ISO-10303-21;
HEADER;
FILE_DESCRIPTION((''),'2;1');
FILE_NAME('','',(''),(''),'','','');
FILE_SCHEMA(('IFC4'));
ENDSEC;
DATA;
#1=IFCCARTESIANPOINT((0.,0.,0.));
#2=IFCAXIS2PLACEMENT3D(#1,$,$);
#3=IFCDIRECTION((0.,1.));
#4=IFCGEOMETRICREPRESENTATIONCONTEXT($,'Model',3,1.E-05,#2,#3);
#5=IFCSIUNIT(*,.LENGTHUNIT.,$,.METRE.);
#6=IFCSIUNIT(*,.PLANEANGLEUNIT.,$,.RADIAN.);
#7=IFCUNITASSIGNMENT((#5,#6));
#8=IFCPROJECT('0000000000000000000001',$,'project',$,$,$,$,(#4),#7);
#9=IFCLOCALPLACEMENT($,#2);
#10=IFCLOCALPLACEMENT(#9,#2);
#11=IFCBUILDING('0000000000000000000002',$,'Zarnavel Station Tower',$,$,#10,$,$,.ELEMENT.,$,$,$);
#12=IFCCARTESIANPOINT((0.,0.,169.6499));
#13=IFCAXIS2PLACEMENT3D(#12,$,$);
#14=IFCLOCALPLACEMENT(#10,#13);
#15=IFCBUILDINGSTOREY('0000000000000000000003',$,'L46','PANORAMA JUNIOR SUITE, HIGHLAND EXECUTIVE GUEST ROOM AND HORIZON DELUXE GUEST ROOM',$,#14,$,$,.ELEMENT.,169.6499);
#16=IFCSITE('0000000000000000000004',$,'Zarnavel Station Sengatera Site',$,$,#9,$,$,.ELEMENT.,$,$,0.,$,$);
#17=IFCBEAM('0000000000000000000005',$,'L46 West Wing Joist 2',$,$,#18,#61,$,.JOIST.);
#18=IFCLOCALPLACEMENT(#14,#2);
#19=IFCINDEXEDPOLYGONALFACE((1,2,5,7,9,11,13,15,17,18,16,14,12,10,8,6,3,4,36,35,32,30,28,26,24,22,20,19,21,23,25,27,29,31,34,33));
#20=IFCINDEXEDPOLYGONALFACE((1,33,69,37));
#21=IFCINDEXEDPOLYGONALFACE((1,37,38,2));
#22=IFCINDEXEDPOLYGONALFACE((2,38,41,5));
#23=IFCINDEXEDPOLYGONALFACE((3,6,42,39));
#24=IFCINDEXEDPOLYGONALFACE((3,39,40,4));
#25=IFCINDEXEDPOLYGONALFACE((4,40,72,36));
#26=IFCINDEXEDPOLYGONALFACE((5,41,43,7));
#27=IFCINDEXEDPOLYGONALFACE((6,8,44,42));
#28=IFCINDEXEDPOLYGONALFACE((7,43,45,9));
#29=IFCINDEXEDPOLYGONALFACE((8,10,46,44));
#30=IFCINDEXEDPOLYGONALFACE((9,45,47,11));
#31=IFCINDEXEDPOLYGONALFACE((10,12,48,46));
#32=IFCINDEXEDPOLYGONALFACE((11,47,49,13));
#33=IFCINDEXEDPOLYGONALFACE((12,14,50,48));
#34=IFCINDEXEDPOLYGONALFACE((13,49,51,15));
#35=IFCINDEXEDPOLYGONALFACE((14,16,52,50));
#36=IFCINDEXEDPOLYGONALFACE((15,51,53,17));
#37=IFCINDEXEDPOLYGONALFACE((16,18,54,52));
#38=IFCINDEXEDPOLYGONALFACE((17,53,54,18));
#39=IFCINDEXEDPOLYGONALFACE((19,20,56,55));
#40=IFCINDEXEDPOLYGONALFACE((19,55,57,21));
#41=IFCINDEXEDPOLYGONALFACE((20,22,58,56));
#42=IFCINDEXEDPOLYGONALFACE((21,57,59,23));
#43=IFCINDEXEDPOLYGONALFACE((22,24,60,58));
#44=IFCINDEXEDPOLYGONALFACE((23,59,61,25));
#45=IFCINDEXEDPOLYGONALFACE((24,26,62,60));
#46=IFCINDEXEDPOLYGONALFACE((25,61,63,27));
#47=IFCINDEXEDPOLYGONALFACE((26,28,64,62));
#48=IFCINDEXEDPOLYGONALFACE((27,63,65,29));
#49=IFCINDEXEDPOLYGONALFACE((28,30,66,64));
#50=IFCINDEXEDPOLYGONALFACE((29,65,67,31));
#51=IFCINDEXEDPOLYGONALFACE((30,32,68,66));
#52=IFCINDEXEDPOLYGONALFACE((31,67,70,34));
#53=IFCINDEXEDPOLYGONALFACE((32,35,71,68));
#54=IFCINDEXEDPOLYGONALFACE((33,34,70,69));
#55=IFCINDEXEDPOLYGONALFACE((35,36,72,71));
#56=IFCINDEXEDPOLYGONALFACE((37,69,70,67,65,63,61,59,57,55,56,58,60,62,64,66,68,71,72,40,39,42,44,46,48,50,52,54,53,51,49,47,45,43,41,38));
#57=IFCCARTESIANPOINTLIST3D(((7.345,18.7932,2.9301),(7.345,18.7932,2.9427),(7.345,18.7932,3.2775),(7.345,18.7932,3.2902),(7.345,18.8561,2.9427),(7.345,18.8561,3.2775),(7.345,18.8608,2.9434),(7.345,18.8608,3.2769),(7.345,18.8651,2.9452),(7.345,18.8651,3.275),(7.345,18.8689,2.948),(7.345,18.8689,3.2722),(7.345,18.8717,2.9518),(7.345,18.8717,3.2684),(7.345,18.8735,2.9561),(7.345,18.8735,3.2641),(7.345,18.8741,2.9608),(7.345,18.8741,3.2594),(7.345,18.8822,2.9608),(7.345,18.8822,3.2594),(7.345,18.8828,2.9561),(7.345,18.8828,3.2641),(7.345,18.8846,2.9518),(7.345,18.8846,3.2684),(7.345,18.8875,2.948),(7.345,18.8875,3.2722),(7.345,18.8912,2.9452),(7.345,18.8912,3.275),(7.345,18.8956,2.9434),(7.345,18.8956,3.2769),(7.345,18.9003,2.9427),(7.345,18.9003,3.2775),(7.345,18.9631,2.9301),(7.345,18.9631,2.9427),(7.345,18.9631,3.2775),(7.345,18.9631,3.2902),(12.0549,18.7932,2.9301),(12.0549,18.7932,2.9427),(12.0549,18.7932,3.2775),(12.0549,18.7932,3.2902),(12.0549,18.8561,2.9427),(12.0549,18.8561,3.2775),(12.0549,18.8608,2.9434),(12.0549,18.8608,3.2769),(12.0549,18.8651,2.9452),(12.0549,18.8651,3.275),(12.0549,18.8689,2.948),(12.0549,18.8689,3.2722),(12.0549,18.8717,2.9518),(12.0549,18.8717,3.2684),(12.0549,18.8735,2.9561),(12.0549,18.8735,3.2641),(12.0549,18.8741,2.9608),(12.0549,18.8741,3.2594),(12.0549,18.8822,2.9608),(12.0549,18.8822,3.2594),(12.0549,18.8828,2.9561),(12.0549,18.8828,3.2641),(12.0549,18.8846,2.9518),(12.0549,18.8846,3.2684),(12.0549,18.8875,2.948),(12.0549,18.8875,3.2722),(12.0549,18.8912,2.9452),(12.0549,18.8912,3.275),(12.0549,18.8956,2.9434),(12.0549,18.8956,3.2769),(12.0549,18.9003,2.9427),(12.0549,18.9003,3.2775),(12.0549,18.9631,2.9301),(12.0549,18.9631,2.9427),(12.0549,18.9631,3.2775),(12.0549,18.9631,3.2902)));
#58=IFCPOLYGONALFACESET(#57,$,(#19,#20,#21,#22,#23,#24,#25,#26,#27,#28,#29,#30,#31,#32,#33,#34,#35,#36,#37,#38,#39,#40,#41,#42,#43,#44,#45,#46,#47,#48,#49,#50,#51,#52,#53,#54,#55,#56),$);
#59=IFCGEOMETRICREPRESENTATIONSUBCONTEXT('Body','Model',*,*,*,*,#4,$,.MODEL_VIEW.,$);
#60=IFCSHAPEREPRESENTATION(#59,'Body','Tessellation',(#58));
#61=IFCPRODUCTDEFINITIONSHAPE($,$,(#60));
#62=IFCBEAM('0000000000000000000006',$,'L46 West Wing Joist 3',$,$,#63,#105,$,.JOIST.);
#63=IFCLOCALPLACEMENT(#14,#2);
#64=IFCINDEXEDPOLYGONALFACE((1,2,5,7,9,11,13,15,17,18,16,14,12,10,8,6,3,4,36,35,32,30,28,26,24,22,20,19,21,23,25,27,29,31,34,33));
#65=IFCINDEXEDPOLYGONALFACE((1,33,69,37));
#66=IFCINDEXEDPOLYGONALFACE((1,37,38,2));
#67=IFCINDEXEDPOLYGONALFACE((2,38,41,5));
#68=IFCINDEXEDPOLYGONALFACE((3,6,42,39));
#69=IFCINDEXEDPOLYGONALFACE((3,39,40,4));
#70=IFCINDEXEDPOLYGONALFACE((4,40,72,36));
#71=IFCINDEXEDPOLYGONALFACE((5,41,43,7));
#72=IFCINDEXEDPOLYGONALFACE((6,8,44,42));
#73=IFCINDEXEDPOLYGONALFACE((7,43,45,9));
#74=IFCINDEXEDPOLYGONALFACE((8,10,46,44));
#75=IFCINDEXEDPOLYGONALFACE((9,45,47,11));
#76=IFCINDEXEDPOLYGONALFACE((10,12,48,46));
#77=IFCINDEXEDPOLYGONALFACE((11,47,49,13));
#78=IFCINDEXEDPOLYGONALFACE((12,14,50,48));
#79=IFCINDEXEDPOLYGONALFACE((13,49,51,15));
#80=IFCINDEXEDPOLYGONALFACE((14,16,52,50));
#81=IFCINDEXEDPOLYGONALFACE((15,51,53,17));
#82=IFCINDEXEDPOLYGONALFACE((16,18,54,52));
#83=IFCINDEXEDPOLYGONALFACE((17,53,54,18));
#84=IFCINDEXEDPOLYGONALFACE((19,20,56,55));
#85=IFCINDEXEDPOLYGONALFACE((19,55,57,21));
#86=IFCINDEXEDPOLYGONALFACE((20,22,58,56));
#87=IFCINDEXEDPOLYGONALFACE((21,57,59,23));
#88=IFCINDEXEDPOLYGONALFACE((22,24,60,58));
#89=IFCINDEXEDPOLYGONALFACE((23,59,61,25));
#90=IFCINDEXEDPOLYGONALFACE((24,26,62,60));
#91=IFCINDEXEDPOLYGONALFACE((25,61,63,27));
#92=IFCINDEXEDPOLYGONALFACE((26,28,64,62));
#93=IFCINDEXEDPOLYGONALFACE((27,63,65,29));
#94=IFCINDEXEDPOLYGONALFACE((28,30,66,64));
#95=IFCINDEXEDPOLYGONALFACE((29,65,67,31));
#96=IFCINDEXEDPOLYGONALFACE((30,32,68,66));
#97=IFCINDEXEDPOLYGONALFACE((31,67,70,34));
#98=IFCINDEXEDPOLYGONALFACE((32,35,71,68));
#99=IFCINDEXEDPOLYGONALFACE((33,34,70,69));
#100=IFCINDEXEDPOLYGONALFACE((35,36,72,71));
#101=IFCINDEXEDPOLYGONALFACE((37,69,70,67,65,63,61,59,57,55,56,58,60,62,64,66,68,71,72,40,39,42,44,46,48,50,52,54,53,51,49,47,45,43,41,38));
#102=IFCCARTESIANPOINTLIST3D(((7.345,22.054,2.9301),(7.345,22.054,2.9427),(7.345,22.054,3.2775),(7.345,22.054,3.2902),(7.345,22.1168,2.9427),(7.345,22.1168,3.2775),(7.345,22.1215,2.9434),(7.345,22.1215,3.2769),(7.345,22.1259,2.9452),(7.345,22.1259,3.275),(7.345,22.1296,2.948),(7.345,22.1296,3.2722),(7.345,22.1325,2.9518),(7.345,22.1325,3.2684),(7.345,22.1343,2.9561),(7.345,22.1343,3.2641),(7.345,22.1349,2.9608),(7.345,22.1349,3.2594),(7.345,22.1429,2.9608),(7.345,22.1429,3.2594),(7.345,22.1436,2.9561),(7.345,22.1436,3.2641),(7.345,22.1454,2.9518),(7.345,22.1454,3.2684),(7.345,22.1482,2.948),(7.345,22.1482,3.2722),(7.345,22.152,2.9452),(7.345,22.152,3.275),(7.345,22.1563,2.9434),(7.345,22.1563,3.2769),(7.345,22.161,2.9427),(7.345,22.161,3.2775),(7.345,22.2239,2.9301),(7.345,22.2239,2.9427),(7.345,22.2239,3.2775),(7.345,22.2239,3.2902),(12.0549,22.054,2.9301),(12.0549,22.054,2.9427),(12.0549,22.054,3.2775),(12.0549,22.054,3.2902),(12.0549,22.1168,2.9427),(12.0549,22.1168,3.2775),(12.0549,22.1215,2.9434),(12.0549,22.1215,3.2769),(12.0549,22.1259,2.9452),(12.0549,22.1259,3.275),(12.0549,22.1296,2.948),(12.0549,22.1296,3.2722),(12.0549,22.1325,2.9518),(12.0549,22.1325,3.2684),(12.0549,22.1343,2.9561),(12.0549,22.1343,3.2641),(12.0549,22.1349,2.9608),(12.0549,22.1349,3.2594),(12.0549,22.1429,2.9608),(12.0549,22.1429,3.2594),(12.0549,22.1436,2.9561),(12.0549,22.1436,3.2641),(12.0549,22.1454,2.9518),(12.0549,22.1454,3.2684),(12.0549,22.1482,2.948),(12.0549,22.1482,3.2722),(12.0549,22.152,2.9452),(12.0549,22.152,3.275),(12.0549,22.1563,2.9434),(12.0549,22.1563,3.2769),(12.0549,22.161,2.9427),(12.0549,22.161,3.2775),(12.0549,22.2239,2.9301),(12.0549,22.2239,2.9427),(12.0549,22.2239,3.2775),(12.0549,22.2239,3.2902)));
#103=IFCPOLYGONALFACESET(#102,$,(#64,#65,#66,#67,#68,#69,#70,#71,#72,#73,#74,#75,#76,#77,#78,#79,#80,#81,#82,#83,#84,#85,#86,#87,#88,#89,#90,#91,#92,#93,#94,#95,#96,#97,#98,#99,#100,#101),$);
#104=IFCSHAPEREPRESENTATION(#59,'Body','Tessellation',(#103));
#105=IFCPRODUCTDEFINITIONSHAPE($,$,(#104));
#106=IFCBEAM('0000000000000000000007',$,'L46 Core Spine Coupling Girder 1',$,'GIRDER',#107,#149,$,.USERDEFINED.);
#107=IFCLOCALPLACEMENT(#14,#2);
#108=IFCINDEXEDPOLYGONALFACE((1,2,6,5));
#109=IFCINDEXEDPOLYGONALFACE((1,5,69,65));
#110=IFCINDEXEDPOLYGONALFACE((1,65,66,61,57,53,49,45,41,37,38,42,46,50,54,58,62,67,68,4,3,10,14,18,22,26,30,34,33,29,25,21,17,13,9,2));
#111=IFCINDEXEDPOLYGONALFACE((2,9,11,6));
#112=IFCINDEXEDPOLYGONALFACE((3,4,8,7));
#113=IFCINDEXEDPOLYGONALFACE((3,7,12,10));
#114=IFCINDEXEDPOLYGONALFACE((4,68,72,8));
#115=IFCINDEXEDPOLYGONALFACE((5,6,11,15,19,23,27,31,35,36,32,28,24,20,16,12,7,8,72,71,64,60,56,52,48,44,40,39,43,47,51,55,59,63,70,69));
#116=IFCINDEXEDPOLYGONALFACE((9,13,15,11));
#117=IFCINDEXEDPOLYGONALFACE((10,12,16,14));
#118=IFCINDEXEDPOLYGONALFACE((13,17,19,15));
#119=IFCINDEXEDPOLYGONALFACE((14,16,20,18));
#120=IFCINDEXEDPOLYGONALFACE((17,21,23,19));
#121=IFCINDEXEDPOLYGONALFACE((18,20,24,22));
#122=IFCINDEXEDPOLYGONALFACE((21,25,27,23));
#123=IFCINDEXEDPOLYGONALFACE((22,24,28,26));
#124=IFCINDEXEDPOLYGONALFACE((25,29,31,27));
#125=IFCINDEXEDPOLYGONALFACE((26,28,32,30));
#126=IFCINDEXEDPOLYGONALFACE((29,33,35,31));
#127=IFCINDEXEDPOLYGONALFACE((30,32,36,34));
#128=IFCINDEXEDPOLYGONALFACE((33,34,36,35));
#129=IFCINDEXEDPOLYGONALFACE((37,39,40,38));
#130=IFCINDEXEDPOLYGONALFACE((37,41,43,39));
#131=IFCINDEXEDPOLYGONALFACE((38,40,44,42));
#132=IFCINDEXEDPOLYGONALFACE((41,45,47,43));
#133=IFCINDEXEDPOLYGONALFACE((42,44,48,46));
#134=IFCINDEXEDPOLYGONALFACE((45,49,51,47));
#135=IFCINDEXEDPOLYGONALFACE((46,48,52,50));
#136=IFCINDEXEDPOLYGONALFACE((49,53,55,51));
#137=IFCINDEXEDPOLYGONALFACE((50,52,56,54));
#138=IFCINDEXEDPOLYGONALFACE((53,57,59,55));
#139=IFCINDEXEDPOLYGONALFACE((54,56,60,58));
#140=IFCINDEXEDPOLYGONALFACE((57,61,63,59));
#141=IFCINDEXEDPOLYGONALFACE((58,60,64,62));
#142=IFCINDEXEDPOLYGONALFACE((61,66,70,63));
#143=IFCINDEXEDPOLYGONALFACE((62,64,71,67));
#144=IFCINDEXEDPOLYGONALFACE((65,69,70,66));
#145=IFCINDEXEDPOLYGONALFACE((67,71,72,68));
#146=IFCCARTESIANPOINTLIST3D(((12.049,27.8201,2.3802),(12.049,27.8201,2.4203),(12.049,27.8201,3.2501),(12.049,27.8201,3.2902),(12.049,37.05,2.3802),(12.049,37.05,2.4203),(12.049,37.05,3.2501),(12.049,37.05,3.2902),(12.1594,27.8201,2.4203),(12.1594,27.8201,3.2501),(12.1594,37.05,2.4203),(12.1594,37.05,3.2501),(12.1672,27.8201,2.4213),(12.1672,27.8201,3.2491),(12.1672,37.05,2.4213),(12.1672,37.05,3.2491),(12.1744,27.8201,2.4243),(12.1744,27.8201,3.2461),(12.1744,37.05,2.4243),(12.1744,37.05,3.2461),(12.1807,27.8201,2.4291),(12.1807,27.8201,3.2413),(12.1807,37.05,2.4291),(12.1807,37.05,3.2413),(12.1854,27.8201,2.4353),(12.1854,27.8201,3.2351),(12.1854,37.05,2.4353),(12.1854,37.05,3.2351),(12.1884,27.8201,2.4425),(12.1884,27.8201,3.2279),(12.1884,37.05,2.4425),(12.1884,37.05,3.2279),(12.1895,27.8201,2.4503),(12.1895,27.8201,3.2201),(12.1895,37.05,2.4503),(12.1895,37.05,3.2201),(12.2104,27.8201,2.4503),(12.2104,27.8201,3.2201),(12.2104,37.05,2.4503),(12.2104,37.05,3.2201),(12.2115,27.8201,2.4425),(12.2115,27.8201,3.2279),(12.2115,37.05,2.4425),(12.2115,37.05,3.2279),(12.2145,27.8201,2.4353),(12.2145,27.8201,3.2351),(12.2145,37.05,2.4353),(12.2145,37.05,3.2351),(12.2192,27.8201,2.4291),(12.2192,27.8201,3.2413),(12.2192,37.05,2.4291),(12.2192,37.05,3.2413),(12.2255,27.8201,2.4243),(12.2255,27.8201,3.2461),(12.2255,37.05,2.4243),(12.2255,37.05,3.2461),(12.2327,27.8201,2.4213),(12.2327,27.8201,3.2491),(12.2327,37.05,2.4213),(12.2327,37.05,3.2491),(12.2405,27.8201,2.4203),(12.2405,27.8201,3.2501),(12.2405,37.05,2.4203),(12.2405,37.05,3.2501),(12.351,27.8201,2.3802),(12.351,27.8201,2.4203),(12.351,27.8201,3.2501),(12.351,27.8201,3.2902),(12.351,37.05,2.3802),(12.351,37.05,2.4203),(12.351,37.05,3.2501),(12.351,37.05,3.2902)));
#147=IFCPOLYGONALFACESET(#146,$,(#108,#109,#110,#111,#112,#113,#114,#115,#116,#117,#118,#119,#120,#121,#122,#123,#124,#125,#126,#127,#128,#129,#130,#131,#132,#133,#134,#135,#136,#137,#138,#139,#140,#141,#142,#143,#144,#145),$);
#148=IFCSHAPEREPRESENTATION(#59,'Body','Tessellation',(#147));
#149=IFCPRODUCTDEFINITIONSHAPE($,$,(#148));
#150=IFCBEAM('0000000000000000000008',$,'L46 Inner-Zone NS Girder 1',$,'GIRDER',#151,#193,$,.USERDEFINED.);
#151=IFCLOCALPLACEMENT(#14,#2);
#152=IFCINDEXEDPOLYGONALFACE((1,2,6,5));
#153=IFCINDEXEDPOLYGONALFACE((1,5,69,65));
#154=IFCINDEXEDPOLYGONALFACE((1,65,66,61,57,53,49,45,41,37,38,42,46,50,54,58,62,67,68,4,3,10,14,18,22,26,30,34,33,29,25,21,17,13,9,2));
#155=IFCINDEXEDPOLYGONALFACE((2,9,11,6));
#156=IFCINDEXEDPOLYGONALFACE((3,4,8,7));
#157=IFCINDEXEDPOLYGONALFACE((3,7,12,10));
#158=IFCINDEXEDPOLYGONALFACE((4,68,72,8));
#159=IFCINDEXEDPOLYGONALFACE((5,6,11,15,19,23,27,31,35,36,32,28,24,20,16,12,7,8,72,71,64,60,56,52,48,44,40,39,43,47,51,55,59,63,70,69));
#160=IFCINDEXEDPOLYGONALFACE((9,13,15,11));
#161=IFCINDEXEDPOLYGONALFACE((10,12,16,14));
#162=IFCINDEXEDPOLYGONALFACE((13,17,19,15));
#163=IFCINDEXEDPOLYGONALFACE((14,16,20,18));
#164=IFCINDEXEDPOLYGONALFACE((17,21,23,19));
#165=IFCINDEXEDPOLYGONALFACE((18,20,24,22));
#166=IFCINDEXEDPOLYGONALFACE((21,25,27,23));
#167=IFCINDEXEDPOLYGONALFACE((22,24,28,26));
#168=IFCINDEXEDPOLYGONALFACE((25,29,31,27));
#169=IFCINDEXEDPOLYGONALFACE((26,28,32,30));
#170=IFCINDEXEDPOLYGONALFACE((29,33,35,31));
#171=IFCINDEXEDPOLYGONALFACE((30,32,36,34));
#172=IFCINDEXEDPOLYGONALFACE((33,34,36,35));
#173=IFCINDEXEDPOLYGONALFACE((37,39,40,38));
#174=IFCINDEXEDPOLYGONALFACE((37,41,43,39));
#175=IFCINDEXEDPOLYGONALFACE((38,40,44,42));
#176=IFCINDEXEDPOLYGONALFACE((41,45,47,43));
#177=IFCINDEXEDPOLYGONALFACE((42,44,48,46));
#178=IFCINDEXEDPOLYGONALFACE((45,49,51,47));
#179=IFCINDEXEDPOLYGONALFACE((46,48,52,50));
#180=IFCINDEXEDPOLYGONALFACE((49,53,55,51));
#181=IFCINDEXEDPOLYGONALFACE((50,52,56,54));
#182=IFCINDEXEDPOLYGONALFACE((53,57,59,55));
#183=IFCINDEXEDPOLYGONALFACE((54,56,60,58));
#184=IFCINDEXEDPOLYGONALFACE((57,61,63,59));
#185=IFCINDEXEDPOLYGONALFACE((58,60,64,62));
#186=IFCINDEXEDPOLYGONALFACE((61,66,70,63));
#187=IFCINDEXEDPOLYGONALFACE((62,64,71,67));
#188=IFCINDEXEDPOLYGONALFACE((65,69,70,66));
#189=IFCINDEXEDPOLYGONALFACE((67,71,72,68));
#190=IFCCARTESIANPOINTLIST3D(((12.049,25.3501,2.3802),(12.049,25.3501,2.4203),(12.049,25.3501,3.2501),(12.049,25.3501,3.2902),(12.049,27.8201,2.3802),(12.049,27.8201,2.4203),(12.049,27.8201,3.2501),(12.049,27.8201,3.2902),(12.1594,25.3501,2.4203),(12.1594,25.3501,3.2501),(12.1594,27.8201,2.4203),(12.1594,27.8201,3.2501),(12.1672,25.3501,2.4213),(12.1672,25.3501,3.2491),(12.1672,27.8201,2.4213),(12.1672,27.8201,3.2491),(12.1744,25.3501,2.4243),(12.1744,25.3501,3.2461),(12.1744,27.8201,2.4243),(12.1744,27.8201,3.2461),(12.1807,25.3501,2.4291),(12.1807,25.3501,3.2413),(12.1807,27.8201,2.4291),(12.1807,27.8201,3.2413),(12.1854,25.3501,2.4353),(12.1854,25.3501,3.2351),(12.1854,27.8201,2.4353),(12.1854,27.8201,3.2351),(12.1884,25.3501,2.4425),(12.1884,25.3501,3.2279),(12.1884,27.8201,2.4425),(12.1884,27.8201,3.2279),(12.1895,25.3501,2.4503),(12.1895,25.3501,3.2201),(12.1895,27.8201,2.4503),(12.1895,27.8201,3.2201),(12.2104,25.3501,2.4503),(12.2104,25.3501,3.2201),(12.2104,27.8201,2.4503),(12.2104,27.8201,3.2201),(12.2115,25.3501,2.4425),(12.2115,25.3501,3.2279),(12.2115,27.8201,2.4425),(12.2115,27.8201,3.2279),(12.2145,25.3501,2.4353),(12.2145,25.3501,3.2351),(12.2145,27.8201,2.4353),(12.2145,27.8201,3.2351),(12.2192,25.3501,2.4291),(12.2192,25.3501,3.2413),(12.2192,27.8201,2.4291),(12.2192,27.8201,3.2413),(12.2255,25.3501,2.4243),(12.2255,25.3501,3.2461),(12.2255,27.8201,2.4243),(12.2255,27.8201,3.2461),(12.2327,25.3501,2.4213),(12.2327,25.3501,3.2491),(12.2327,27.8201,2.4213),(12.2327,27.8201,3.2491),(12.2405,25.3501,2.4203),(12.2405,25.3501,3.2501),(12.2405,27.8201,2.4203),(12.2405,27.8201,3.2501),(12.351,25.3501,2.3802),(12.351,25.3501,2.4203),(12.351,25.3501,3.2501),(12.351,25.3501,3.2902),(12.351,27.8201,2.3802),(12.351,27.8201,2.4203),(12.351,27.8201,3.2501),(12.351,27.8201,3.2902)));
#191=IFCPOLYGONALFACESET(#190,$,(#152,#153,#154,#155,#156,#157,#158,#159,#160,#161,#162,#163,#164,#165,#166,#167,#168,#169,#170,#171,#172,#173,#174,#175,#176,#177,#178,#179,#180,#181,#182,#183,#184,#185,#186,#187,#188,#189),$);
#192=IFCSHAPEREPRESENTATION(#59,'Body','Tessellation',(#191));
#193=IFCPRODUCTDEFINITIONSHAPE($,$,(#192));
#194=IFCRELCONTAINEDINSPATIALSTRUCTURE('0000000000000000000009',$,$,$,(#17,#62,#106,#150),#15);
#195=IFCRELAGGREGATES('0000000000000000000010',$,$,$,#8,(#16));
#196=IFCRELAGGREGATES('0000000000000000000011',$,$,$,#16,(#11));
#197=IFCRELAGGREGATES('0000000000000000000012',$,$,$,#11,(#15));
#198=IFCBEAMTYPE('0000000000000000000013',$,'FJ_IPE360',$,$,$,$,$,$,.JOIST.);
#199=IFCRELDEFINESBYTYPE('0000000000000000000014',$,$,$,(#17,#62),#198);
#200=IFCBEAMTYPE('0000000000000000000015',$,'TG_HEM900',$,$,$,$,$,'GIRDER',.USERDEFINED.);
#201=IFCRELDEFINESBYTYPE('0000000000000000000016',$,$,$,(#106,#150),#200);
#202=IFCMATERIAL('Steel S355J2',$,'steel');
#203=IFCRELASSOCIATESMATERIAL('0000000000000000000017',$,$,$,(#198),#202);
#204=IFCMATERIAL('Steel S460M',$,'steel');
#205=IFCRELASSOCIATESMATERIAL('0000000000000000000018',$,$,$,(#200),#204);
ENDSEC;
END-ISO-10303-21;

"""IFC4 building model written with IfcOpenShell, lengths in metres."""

from ifc_helpers import new_model, si_unit, direction, frame, origin, origin_2d, place, context, subcontext, project, spatial, i_section, extrude, material, material_profile, profile_set, type_object, element, save


model = new_model("IFC4")

# Units and contexts
model_context = context("Model", 3, precision=1e-05, world=origin(), true_north=direction((0.0, 1.0)))
body_context = subcontext(model_context, "Body", "Model", "MODEL_VIEW")
ifc_project = project(units=[si_unit("LENGTHUNIT", "METRE"), si_unit("PLANEANGLEUNIT", "RADIAN")], contexts=[model_context])

# Site, building, storey
site_placement = place(None, origin())
site = spatial("IfcSite", under=ifc_project, at=site_placement, Name="Zarnavel Station Sengatera Site", CompositionType="ELEMENT", RefElevation=0.0)
building_placement = place(site_placement, origin())
building = spatial("IfcBuilding", under=site, at=building_placement, Name="Zarnavel Station Tower", CompositionType="ELEMENT")
storey_placement = place(building_placement, frame((0.0, 0.0, 169.6499)))
storey = spatial("IfcBuildingStorey", under=building, at=storey_placement, Name="L46", Description="PANORAMA JUNIOR SUITE, HIGHLAND EXECUTIVE GUEST ROOM AND HORIZON DELUXE GUEST ROOM", CompositionType="ELEMENT", Elevation=169.6499)

# Beams
ifc_material_1 = material(Name="Steel S355J2", Category="steel")
ifc_material_profile_1 = material_profile(ifc_material_1, i_section(OverallWidth=0.1699, OverallDepth=0.3601, WebThickness=0.0081, FlangeThickness=0.0127, FilletRadius=0.0181, at=origin_2d()), Name="IPE360")
ifc_profile_set_1 = profile_set([ifc_material_profile_1], Name="Steel S355J2")
beam_type_1 = type_object("IfcBeamType", Name="FJ_IPE360", PredefinedType="JOIST", material=ifc_profile_set_1)
for number, where, z_axis, x_axis, name in (
    (1, (7.345, 18.8782, 3.1101), (1.0, 0.0, 0.0), (0.0, 1.0, 0.0), "L46 West Wing Joist 2"),
    (2, (7.345, 22.1389, 3.1101), (1.0, 0.0, 0.0), (0.0, 1.0, 0.0), "L46 West Wing Joist 3"),
):
    element("IfcBeam", number, at=place(storey_placement, frame(where, z_axis=z_axis, x_axis=x_axis)), inside=storey, type_object=beam_type_1, Name=name, PredefinedType="JOIST", context=body_context, shape_type="SweptSolid", body=[
        extrude(i_section(OverallWidth=0.1699, OverallDepth=0.3601, WebThickness=0.0081, FlangeThickness=0.0127, FilletRadius=0.0181, at=origin_2d()), origin(), (0.0, 0.0, 1.0), 4.71),
    ])
ifc_material_2 = material(Name="Steel S460M", Category="steel")
ifc_material_profile_2 = material_profile(ifc_material_2, i_section(OverallWidth=0.302, OverallDepth=0.9099, WebThickness=0.021, FlangeThickness=0.04, FilletRadius=0.03, at=origin_2d()), Name="HEM900")
ifc_profile_set_2 = profile_set([ifc_material_profile_2], Name="Steel S460M")
beam_type_2 = type_object("IfcBeamType", Name="TG_HEM900", ElementType="GIRDER", PredefinedType="USERDEFINED", material=ifc_profile_set_2)
beam_1_placement = place(storey_placement, frame((12.2, 27.8201, 2.8352), z_axis=(0.0, 1.0, 0.0), x_axis=(-1.0, 0.0, 0.0)))
element("IfcBeam", 3, at=beam_1_placement, inside=storey, type_object=beam_type_2, Name="L46 Core Spine Coupling Girder 1", ObjectType="GIRDER", PredefinedType="USERDEFINED", context=body_context, shape_type="SweptSolid", body=[
    extrude(i_section(OverallWidth=0.302, OverallDepth=0.9099, WebThickness=0.021, FlangeThickness=0.04, FilletRadius=0.03, at=origin_2d()), origin(), (0.0, 0.0, 1.0), 9.23),
])
beam_2_placement = place(storey_placement, frame((12.2, 25.3501, 2.8352), z_axis=(0.0, 1.0, 0.0), x_axis=(-1.0, 0.0, 0.0)))
element("IfcBeam", 4, at=beam_2_placement, inside=storey, type_object=beam_type_2, Name="L46 Inner-Zone NS Girder 1", ObjectType="GIRDER", PredefinedType="USERDEFINED", context=body_context, shape_type="SweptSolid", body=[
    extrude(i_section(OverallWidth=0.302, OverallDepth=0.9099, WebThickness=0.021, FlangeThickness=0.04, FilletRadius=0.03, at=origin_2d()), origin(), (0.0, 0.0, 1.0), 2.47),
])

save(model, "model.ifc")
